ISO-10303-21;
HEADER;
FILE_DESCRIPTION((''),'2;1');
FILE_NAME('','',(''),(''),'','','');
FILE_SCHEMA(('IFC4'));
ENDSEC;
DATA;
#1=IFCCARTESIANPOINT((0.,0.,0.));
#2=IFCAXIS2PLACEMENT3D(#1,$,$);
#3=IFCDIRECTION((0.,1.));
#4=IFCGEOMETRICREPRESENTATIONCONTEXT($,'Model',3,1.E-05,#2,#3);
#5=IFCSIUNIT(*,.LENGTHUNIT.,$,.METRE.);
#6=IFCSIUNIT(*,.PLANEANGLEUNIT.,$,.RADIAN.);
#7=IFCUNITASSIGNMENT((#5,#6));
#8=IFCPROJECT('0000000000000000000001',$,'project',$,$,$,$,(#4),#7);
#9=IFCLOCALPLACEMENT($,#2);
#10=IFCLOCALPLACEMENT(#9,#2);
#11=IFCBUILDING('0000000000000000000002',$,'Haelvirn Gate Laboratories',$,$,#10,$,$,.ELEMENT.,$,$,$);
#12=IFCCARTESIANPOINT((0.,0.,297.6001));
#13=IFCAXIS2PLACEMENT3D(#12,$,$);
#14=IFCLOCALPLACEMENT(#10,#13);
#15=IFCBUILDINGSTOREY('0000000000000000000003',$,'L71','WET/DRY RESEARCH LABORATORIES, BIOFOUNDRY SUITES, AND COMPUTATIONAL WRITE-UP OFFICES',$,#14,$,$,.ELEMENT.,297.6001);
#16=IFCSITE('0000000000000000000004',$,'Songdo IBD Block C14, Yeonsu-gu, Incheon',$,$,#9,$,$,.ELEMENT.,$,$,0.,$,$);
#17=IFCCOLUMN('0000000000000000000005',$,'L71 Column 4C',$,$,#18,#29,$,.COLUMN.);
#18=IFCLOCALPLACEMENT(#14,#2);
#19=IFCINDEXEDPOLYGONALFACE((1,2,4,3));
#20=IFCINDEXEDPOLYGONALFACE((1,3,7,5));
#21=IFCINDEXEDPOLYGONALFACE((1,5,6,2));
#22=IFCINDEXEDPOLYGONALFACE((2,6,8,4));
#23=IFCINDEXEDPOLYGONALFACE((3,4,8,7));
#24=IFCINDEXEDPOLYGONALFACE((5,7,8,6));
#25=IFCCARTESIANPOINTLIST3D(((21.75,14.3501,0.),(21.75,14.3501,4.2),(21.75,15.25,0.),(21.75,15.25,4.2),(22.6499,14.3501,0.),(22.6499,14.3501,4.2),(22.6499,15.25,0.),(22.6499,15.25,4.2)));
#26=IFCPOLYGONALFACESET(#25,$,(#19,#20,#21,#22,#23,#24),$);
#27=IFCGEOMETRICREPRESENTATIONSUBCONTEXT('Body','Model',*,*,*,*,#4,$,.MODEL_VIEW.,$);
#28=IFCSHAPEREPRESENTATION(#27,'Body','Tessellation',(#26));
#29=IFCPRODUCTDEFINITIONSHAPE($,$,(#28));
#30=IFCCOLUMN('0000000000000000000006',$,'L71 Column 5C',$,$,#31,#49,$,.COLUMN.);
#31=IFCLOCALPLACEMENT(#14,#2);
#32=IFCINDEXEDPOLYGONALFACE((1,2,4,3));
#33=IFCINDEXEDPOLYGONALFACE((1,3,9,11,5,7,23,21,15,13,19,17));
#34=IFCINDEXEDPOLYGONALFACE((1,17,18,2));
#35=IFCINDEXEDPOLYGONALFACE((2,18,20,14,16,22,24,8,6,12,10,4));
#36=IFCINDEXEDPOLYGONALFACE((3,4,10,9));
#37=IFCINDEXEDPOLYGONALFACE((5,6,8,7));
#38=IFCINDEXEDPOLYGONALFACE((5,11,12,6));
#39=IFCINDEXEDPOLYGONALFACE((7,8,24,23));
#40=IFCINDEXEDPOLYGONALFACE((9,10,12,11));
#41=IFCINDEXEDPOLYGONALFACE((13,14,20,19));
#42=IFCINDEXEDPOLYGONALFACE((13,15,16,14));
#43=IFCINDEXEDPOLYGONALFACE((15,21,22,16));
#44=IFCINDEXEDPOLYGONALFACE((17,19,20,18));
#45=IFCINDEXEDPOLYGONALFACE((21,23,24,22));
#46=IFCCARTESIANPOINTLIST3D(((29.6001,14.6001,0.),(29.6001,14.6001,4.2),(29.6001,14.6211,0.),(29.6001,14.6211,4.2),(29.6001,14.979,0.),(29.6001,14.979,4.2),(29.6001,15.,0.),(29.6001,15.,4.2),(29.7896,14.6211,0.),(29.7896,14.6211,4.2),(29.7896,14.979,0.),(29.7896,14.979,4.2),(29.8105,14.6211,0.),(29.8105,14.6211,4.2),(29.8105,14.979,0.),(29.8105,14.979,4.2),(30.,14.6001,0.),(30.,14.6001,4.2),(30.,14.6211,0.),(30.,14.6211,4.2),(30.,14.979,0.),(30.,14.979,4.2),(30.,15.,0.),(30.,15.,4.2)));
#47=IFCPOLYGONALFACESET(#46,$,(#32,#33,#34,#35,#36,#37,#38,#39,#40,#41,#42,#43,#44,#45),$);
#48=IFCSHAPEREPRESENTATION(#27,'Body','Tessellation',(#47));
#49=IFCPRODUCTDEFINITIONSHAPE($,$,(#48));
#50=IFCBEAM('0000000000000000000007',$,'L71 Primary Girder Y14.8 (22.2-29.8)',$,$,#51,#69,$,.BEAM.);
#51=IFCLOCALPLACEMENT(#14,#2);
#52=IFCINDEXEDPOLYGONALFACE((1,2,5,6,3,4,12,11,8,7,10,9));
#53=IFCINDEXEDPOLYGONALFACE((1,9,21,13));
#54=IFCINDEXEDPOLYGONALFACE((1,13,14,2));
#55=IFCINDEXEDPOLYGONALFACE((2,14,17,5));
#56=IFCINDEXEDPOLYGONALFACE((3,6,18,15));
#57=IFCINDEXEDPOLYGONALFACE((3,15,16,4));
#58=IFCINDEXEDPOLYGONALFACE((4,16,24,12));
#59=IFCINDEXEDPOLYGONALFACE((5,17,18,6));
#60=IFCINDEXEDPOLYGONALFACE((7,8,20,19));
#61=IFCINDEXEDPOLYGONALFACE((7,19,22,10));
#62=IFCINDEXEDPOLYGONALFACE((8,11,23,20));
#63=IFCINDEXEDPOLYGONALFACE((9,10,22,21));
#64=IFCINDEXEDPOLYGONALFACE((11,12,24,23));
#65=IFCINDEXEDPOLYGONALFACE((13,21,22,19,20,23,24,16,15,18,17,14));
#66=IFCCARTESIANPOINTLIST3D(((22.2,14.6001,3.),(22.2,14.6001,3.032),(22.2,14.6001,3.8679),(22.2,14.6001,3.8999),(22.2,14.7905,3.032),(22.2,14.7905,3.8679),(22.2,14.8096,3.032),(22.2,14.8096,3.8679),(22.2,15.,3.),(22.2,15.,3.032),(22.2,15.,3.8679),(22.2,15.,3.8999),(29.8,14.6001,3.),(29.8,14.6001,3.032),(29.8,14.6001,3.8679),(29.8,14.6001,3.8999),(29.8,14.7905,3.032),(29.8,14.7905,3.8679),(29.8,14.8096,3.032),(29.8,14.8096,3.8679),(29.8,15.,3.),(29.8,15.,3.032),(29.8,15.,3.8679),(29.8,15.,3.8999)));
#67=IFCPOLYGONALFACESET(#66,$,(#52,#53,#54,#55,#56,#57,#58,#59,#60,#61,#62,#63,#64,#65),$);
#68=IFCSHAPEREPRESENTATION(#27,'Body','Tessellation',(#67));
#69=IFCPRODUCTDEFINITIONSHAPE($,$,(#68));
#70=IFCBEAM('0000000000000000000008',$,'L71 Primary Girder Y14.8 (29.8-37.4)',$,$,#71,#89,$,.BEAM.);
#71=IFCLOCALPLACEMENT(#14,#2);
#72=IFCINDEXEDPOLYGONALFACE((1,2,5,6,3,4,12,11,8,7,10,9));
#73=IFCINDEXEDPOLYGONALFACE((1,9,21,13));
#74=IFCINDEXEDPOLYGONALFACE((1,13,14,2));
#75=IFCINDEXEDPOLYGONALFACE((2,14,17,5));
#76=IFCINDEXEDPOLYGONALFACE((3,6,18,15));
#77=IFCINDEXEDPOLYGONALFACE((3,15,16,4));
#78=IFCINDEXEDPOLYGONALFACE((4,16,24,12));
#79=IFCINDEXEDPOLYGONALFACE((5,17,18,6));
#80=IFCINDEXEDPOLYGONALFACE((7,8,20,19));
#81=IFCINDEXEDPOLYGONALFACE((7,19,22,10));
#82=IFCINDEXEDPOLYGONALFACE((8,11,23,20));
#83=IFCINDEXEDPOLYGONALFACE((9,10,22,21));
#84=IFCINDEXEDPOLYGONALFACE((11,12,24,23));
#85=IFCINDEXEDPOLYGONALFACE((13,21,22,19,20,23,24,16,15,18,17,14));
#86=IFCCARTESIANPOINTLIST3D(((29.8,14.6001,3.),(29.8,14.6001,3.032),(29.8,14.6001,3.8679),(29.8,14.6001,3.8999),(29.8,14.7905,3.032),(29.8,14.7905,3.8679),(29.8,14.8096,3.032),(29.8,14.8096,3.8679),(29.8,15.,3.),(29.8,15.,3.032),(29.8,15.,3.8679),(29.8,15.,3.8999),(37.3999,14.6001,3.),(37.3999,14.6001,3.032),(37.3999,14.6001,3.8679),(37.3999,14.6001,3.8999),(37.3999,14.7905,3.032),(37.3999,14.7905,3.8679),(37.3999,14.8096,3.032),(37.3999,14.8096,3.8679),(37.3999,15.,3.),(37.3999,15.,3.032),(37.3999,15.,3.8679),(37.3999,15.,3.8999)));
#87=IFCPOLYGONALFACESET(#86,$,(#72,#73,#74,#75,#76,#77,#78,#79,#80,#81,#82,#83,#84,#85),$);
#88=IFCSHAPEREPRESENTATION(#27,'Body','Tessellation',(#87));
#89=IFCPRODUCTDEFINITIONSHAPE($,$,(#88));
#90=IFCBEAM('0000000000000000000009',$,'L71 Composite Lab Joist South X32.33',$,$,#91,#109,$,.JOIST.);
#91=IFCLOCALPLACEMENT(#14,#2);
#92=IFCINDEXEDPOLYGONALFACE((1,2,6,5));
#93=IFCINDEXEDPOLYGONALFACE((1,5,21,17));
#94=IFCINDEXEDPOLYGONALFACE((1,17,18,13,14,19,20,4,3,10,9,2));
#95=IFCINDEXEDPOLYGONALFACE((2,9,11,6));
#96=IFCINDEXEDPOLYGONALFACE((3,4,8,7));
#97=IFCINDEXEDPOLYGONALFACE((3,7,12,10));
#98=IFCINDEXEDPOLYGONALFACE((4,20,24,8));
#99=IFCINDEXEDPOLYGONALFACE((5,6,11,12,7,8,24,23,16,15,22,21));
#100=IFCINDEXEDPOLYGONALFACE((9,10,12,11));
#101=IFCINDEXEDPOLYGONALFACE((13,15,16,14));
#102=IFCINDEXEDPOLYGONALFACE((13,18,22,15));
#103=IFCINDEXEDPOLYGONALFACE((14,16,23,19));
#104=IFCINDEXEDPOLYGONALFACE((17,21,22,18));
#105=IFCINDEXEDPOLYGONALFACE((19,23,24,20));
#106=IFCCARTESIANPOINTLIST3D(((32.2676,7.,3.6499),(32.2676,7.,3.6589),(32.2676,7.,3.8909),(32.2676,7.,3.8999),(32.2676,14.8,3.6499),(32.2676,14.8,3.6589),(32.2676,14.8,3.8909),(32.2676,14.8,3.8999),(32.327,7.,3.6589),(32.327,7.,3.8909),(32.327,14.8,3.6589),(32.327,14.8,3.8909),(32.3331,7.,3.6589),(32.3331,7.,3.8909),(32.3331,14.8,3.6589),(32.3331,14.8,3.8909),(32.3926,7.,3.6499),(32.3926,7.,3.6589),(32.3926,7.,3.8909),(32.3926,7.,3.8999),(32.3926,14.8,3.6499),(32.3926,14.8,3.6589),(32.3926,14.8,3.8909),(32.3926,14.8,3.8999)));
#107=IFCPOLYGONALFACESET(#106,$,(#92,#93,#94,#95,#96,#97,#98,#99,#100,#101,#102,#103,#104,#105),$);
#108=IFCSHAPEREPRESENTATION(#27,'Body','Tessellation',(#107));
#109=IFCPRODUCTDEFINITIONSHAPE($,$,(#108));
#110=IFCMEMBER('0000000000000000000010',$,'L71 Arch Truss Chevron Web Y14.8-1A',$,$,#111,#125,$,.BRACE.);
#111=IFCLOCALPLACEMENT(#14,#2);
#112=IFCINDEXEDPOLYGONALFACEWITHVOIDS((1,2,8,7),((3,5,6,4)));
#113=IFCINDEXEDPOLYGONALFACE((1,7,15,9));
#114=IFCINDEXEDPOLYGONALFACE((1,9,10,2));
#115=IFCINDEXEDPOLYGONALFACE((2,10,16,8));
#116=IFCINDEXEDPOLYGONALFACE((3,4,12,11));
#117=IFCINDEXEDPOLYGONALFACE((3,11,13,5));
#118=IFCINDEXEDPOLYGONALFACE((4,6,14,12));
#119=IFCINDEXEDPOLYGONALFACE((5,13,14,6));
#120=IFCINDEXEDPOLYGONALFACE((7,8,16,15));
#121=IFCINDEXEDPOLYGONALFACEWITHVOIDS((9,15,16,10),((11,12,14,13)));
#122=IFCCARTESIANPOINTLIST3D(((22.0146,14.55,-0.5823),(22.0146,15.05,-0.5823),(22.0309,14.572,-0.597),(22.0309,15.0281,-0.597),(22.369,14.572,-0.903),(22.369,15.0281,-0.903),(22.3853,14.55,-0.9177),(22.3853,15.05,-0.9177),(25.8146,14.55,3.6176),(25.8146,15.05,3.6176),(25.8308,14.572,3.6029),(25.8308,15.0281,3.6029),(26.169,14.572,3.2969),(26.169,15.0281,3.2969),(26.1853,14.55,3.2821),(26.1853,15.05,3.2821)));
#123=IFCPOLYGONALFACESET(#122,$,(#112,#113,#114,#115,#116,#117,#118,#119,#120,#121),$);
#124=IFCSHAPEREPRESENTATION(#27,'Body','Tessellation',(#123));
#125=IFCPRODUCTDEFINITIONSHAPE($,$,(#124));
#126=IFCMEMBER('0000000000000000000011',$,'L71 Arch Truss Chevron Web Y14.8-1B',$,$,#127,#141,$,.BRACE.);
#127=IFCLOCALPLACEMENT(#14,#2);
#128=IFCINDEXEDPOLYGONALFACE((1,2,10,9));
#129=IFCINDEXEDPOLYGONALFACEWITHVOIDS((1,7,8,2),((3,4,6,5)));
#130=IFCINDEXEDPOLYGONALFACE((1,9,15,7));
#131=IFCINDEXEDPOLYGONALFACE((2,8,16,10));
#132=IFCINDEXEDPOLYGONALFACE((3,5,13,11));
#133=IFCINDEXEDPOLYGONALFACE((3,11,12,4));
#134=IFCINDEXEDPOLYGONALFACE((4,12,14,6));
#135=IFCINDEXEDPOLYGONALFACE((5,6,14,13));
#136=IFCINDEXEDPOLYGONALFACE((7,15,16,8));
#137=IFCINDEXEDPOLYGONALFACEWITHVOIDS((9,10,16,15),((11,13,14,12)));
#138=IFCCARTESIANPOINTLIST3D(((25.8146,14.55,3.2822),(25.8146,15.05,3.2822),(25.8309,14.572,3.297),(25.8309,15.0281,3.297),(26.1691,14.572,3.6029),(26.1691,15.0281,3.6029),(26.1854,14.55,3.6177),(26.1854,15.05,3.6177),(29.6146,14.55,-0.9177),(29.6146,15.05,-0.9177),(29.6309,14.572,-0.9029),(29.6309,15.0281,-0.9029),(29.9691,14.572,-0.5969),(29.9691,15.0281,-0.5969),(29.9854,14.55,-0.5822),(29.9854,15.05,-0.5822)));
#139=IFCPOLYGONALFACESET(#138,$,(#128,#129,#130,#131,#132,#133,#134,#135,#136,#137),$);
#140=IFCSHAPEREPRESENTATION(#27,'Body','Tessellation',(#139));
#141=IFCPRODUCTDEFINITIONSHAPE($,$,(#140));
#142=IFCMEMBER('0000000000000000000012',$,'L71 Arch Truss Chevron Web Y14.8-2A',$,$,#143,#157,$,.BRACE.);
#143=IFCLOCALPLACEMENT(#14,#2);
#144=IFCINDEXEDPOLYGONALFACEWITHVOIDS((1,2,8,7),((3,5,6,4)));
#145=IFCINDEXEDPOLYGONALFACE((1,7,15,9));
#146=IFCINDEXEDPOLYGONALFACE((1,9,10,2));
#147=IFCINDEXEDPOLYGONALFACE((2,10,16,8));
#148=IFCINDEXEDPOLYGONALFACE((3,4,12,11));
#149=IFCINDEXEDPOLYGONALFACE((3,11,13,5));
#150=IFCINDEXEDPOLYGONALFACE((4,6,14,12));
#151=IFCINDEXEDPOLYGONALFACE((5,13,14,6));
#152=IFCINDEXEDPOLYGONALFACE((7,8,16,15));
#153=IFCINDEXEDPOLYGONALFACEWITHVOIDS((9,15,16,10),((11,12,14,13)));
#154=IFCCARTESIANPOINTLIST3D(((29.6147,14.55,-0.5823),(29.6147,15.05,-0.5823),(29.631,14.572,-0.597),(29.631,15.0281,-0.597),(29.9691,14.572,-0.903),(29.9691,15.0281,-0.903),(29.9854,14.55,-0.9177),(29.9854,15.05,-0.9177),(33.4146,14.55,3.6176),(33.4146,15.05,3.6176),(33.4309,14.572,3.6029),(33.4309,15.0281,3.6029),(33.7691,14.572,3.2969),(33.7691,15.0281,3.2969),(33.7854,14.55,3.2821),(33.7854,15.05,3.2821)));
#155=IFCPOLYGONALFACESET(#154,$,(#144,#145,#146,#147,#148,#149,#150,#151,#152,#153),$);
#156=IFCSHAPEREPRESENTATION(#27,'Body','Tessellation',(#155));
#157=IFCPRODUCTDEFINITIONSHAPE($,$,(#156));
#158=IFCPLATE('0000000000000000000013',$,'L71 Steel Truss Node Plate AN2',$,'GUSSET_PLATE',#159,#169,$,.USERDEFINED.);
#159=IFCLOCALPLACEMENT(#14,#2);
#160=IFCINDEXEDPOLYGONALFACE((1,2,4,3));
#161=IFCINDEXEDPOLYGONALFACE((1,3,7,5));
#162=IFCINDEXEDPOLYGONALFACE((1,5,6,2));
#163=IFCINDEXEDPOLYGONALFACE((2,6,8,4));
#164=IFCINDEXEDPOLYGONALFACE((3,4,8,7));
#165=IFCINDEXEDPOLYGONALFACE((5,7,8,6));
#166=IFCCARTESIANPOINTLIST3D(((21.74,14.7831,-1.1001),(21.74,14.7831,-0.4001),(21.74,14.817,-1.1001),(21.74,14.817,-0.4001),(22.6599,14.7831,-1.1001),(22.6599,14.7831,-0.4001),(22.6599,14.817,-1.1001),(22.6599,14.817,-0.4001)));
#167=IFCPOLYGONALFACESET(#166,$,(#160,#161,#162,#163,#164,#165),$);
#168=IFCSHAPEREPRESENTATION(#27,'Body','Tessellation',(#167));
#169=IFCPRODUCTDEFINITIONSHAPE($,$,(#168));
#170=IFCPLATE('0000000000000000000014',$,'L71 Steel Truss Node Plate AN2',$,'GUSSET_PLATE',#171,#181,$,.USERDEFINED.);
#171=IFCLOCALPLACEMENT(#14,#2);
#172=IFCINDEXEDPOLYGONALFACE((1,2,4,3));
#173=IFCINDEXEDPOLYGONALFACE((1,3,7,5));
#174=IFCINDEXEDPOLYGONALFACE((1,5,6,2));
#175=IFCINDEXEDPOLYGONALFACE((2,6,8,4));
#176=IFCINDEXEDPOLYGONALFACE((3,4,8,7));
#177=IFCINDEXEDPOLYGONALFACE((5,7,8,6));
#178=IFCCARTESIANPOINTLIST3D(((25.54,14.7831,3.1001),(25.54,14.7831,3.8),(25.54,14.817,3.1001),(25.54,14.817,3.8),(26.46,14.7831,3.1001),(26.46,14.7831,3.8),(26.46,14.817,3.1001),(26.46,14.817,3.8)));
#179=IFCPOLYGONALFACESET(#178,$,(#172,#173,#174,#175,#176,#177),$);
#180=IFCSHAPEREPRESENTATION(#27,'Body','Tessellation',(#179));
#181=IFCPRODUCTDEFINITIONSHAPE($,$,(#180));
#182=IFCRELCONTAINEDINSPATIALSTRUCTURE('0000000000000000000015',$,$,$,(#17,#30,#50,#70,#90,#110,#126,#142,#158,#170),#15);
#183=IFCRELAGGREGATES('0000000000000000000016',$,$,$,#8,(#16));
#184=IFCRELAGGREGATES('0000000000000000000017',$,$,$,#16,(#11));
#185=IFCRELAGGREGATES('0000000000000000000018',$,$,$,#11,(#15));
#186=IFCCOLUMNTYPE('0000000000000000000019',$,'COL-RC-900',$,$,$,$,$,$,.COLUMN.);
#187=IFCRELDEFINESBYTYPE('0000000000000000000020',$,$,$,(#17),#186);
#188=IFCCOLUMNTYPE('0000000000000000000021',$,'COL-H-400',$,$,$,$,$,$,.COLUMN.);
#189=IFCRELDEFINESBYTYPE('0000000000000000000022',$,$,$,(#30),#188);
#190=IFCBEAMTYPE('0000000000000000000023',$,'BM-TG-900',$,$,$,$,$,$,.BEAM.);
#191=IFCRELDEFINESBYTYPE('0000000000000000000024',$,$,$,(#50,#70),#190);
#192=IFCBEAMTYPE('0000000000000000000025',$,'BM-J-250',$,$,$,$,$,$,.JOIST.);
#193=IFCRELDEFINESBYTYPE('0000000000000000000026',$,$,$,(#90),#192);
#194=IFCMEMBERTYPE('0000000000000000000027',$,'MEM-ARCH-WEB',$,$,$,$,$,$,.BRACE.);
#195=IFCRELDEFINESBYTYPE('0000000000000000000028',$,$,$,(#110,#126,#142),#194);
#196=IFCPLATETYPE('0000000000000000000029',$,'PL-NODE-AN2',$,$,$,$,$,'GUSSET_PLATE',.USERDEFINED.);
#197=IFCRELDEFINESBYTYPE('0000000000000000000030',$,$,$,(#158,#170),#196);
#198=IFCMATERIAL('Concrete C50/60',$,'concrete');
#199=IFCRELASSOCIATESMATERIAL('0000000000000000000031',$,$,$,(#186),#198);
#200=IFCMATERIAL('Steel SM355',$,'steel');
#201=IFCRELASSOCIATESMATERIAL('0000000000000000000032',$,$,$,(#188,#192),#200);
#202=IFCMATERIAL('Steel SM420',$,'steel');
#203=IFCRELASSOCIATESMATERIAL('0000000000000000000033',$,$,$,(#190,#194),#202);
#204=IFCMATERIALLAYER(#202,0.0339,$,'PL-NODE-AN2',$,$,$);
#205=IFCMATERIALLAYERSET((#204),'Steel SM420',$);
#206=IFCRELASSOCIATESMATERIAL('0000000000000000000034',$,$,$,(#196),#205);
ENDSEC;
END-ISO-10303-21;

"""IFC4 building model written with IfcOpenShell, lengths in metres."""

from ifc_helpers import new_model, si_unit, direction, frame, origin, origin_2d, place, context, subcontext, project, spatial, rectangle, hollow_rectangle, i_section, extrude, source, transform, mapped, material, layer, layer_set, material_profile, profile_set, type_object, type_shapes, element, save


model = new_model("IFC4")

# Units and contexts
model_context = context("Model", 3, precision=1e-05, world=origin(), true_north=direction((0.0, 1.0)))
body_context = subcontext(model_context, "Body", "Model", "MODEL_VIEW")
ifc_project = project(units=[si_unit("LENGTHUNIT", "METRE"), si_unit("PLANEANGLEUNIT", "RADIAN")], contexts=[model_context])

# Site, building, storey
site_placement = place(None, origin())
site = spatial("IfcSite", under=ifc_project, at=site_placement, Name="Songdo IBD Block C14, Yeonsu-gu, Incheon", CompositionType="ELEMENT", RefElevation=0.0)
building_placement = place(site_placement, origin())
building = spatial("IfcBuilding", under=site, at=building_placement, Name="Haelvirn Gate Laboratories", CompositionType="ELEMENT")
storey_placement = place(building_placement, frame((0.0, 0.0, 297.6001)))
storey = spatial("IfcBuildingStorey", under=building, at=storey_placement, Name="L71", Description="WET/DRY RESEARCH LABORATORIES, BIOFOUNDRY SUITES, AND COMPUTATIONAL WRITE-UP OFFICES", CompositionType="ELEMENT", Elevation=297.6001)

# Columns
ifc_material_1 = material(Name="Concrete C50/60", Category="concrete")
ifc_material_profile_1 = material_profile(ifc_material_1, rectangle(XDim=0.8999, YDim=0.8999, at=origin_2d()), Name="RC-900x900")
ifc_profile_set_1 = profile_set([ifc_material_profile_1], Name="Concrete C50/60")
column_type_1 = type_object("IfcColumnType", Name="COL-RC-900", PredefinedType="COLUMN", material=ifc_profile_set_1)
shared_shape_1 = source(origin(), body_context, "Body", "SweptSolid", [
    extrude(rectangle(XDim=0.8999, YDim=0.8999, at=origin_2d()), origin(), (0.0, 0.0, 1.0), 4.2),
])
type_shapes(column_type_1, [shared_shape_1])
column_1_placement = place(storey_placement, frame((22.2, 14.8, 0.0), z_axis=(0.0, 0.0, 1.0), x_axis=(1.0, 0.0, 0.0)))
element("IfcColumn", 1, at=column_1_placement, inside=storey, type_object=column_type_1, Name="L71 Column 4C", PredefinedType="COLUMN", context=body_context, shape_type="MappedRepresentation", body=[
    mapped(shared_shape_1, transform((0.0, 0.0, 0.0), scale=1.0)),
])
ifc_material_2 = material(Name="Steel SM355", Category="steel")
ifc_material_profile_2 = material_profile(ifc_material_2, i_section(OverallWidth=0.3999, OverallDepth=0.3999, WebThickness=0.021, FlangeThickness=0.021, at=origin_2d()), Name="H-400x400x21x21")
ifc_profile_set_2 = profile_set([ifc_material_profile_2], Name="Steel SM355")
column_type_2 = type_object("IfcColumnType", Name="COL-H-400", PredefinedType="COLUMN", material=ifc_profile_set_2)
shared_shape_2 = source(origin(), body_context, "Body", "SweptSolid", [
    extrude(i_section(OverallWidth=0.3999, OverallDepth=0.3999, WebThickness=0.021, FlangeThickness=0.021, at=origin_2d()), origin(), (0.0, 0.0, 1.0), 4.2),
])
type_shapes(column_type_2, [shared_shape_2])
column_2_placement = place(storey_placement, frame((29.8, 14.8, 0.0), z_axis=(0.0, 0.0, 1.0), x_axis=(1.0, 0.0, 0.0)))
element("IfcColumn", 2, at=column_2_placement, inside=storey, type_object=column_type_2, Name="L71 Column 5C", PredefinedType="COLUMN", context=body_context, shape_type="MappedRepresentation", body=[
    mapped(shared_shape_2, transform((0.0, 0.0, 0.0), scale=1.0)),
])

# Beams
ifc_material_3 = material(Name="Steel SM420", Category="steel")
ifc_material_profile_3 = material_profile(ifc_material_3, i_section(OverallWidth=0.3999, OverallDepth=0.8999, WebThickness=0.019, FlangeThickness=0.032, at=origin_2d()), Name="H-900x400x19x32")
ifc_profile_set_3 = profile_set([ifc_material_profile_3], Name="Steel SM420")
beam_type_1 = type_object("IfcBeamType", Name="BM-TG-900", PredefinedType="BEAM", material=ifc_profile_set_3)
shared_shape_3 = source(origin(), body_context, "Body", "SweptSolid", [
    extrude(i_section(OverallWidth=0.3999, OverallDepth=0.8999, WebThickness=0.019, FlangeThickness=0.032, at=origin_2d()), origin(), (0.0, 0.0, 1.0), 7.6001),
])
beam_1_placement = place(storey_placement, frame((22.2, 14.8, 3.45), z_axis=(1.0, 0.0, 0.0), x_axis=(0.0, 1.0, 0.0)))
element("IfcBeam", 3, at=beam_1_placement, inside=storey, type_object=beam_type_1, Name="L71 Primary Girder Y14.8 (22.2-29.8)", PredefinedType="BEAM", context=body_context, shape_type="MappedRepresentation", body=[
    mapped(shared_shape_3, transform((0.0, 0.0, 0.0), scale=1.0)),
])
shared_shape_4 = source(origin(), body_context, "Body", "SweptSolid", [
    extrude(i_section(OverallWidth=0.3999, OverallDepth=0.8999, WebThickness=0.019, FlangeThickness=0.032, at=origin_2d()), origin(), (0.0, 0.0, 1.0), 7.5999),
])
type_shapes(beam_type_1, [shared_shape_3, shared_shape_4])
beam_2_placement = place(storey_placement, frame((29.8, 14.8, 3.45), z_axis=(1.0, 0.0, 0.0), x_axis=(0.0, 1.0, 0.0)))
element("IfcBeam", 4, at=beam_2_placement, inside=storey, type_object=beam_type_1, Name="L71 Primary Girder Y14.8 (29.8-37.4)", PredefinedType="BEAM", context=body_context, shape_type="MappedRepresentation", body=[
    mapped(shared_shape_4, transform((0.0, 0.0, 0.0), scale=1.0)),
])
ifc_material_profile_4 = material_profile(ifc_material_2, i_section(OverallWidth=0.125, OverallDepth=0.25, WebThickness=0.0061, FlangeThickness=0.009, at=origin_2d()), Name="H-250x125x6x9")
ifc_profile_set_4 = profile_set([ifc_material_profile_4], Name="Steel SM355")
beam_type_2 = type_object("IfcBeamType", Name="BM-J-250", PredefinedType="JOIST", material=ifc_profile_set_4)
shared_shape_5 = source(origin(), body_context, "Body", "SweptSolid", [
    extrude(i_section(OverallWidth=0.125, OverallDepth=0.25, WebThickness=0.0061, FlangeThickness=0.009, at=origin_2d()), origin(), (0.0, 0.0, 1.0), 7.8),
])
type_shapes(beam_type_2, [shared_shape_5])
beam_3_placement = place(storey_placement, frame((32.3301, 7.0, 3.7749), z_axis=(0.0, 1.0, 0.0), x_axis=(-1.0, 0.0, 0.0)))
element("IfcBeam", 5, at=beam_3_placement, inside=storey, type_object=beam_type_2, Name="L71 Composite Lab Joist South X32.33", PredefinedType="JOIST", context=body_context, shape_type="MappedRepresentation", body=[
    mapped(shared_shape_5, transform((0.0, 0.0, 0.0), scale=1.0)),
])

# Members
ifc_material_profile_5 = material_profile(ifc_material_3, hollow_rectangle(XDim=0.5, YDim=0.5, WallThickness=0.022, at=origin_2d()), Name="BOX-500x500x22")
ifc_profile_set_5 = profile_set([ifc_material_profile_5], Name="Steel SM420")
member_type = type_object("IfcMemberType", Name="MEM-ARCH-WEB", PredefinedType="BRACE", material=ifc_profile_set_5)
shared_shape_6 = source(origin(), body_context, "Body", "SweptSolid", [
    extrude(hollow_rectangle(XDim=0.5, YDim=0.5, WallThickness=0.022, at=origin_2d()), origin(), (0.0, 0.0, 1.0), 5.6638),
])
type_shapes(member_type, [shared_shape_6])
for number, where, z_axis, x_axis, name in (
    (6, (22.2, 14.8, -0.75), (0.670922, 0.0, 0.741528), (0.0, 1.0, 0.0), "L71 Arch Truss Chevron Web Y14.8-1A"),
    (7, (26.0, 14.8, 3.45), (0.670922, 0.0, -0.741528), (0.0, 1.0, 0.0), "L71 Arch Truss Chevron Web Y14.8-1B"),
    (8, (29.8, 14.8, -0.75), (0.670922, 0.0, 0.741528), (0.0, 1.0, 0.0), "L71 Arch Truss Chevron Web Y14.8-2A"),
):
    element("IfcMember", number, at=place(storey_placement, frame(where, z_axis=z_axis, x_axis=x_axis)), inside=storey, type_object=member_type, Name=name, PredefinedType="BRACE", context=body_context, shape_type="MappedRepresentation", body=[
        mapped(shared_shape_6, transform((0.0, 0.0, 0.0), scale=1.0)),
    ])

# Plates
ifc_layer_1 = layer(ifc_material_3, 0.0339, Name="PL-NODE-AN2")
ifc_layer_set_1 = layer_set([ifc_layer_1], Name="Steel SM420")
plate_type = type_object("IfcPlateType", Name="PL-NODE-AN2", ElementType="GUSSET_PLATE", PredefinedType="USERDEFINED", material=ifc_layer_set_1)
shared_shape_7 = source(origin(), body_context, "Body", "SweptSolid", [
    extrude(rectangle(XDim=0.9199, YDim=0.0339, at=origin_2d()), origin(), (0.0, 0.0, 1.0), 0.7),
])
type_shapes(plate_type, [shared_shape_7])
for number, where, z_axis, x_axis, name in (
    (9, (22.2, 14.8, -1.1001), (0.0, 0.0, 1.0), (1.0, 0.0, 0.0), "L71 Steel Truss Node Plate AN2"),
    (10, (26.0, 14.8, 3.1001), (0.0, 0.0, 1.0), (1.0, 0.0, 0.0), "L71 Steel Truss Node Plate AN2"),
):
    element("IfcPlate", number, at=place(storey_placement, frame(where, z_axis=z_axis, x_axis=x_axis)), inside=storey, type_object=plate_type, Name=name, ObjectType="GUSSET_PLATE", PredefinedType="USERDEFINED", context=body_context, shape_type="MappedRepresentation", body=[
        mapped(shared_shape_7, transform((0.0, 0.0, 0.0), scale=1.0)),
    ])

save(model, "model.ifc")
